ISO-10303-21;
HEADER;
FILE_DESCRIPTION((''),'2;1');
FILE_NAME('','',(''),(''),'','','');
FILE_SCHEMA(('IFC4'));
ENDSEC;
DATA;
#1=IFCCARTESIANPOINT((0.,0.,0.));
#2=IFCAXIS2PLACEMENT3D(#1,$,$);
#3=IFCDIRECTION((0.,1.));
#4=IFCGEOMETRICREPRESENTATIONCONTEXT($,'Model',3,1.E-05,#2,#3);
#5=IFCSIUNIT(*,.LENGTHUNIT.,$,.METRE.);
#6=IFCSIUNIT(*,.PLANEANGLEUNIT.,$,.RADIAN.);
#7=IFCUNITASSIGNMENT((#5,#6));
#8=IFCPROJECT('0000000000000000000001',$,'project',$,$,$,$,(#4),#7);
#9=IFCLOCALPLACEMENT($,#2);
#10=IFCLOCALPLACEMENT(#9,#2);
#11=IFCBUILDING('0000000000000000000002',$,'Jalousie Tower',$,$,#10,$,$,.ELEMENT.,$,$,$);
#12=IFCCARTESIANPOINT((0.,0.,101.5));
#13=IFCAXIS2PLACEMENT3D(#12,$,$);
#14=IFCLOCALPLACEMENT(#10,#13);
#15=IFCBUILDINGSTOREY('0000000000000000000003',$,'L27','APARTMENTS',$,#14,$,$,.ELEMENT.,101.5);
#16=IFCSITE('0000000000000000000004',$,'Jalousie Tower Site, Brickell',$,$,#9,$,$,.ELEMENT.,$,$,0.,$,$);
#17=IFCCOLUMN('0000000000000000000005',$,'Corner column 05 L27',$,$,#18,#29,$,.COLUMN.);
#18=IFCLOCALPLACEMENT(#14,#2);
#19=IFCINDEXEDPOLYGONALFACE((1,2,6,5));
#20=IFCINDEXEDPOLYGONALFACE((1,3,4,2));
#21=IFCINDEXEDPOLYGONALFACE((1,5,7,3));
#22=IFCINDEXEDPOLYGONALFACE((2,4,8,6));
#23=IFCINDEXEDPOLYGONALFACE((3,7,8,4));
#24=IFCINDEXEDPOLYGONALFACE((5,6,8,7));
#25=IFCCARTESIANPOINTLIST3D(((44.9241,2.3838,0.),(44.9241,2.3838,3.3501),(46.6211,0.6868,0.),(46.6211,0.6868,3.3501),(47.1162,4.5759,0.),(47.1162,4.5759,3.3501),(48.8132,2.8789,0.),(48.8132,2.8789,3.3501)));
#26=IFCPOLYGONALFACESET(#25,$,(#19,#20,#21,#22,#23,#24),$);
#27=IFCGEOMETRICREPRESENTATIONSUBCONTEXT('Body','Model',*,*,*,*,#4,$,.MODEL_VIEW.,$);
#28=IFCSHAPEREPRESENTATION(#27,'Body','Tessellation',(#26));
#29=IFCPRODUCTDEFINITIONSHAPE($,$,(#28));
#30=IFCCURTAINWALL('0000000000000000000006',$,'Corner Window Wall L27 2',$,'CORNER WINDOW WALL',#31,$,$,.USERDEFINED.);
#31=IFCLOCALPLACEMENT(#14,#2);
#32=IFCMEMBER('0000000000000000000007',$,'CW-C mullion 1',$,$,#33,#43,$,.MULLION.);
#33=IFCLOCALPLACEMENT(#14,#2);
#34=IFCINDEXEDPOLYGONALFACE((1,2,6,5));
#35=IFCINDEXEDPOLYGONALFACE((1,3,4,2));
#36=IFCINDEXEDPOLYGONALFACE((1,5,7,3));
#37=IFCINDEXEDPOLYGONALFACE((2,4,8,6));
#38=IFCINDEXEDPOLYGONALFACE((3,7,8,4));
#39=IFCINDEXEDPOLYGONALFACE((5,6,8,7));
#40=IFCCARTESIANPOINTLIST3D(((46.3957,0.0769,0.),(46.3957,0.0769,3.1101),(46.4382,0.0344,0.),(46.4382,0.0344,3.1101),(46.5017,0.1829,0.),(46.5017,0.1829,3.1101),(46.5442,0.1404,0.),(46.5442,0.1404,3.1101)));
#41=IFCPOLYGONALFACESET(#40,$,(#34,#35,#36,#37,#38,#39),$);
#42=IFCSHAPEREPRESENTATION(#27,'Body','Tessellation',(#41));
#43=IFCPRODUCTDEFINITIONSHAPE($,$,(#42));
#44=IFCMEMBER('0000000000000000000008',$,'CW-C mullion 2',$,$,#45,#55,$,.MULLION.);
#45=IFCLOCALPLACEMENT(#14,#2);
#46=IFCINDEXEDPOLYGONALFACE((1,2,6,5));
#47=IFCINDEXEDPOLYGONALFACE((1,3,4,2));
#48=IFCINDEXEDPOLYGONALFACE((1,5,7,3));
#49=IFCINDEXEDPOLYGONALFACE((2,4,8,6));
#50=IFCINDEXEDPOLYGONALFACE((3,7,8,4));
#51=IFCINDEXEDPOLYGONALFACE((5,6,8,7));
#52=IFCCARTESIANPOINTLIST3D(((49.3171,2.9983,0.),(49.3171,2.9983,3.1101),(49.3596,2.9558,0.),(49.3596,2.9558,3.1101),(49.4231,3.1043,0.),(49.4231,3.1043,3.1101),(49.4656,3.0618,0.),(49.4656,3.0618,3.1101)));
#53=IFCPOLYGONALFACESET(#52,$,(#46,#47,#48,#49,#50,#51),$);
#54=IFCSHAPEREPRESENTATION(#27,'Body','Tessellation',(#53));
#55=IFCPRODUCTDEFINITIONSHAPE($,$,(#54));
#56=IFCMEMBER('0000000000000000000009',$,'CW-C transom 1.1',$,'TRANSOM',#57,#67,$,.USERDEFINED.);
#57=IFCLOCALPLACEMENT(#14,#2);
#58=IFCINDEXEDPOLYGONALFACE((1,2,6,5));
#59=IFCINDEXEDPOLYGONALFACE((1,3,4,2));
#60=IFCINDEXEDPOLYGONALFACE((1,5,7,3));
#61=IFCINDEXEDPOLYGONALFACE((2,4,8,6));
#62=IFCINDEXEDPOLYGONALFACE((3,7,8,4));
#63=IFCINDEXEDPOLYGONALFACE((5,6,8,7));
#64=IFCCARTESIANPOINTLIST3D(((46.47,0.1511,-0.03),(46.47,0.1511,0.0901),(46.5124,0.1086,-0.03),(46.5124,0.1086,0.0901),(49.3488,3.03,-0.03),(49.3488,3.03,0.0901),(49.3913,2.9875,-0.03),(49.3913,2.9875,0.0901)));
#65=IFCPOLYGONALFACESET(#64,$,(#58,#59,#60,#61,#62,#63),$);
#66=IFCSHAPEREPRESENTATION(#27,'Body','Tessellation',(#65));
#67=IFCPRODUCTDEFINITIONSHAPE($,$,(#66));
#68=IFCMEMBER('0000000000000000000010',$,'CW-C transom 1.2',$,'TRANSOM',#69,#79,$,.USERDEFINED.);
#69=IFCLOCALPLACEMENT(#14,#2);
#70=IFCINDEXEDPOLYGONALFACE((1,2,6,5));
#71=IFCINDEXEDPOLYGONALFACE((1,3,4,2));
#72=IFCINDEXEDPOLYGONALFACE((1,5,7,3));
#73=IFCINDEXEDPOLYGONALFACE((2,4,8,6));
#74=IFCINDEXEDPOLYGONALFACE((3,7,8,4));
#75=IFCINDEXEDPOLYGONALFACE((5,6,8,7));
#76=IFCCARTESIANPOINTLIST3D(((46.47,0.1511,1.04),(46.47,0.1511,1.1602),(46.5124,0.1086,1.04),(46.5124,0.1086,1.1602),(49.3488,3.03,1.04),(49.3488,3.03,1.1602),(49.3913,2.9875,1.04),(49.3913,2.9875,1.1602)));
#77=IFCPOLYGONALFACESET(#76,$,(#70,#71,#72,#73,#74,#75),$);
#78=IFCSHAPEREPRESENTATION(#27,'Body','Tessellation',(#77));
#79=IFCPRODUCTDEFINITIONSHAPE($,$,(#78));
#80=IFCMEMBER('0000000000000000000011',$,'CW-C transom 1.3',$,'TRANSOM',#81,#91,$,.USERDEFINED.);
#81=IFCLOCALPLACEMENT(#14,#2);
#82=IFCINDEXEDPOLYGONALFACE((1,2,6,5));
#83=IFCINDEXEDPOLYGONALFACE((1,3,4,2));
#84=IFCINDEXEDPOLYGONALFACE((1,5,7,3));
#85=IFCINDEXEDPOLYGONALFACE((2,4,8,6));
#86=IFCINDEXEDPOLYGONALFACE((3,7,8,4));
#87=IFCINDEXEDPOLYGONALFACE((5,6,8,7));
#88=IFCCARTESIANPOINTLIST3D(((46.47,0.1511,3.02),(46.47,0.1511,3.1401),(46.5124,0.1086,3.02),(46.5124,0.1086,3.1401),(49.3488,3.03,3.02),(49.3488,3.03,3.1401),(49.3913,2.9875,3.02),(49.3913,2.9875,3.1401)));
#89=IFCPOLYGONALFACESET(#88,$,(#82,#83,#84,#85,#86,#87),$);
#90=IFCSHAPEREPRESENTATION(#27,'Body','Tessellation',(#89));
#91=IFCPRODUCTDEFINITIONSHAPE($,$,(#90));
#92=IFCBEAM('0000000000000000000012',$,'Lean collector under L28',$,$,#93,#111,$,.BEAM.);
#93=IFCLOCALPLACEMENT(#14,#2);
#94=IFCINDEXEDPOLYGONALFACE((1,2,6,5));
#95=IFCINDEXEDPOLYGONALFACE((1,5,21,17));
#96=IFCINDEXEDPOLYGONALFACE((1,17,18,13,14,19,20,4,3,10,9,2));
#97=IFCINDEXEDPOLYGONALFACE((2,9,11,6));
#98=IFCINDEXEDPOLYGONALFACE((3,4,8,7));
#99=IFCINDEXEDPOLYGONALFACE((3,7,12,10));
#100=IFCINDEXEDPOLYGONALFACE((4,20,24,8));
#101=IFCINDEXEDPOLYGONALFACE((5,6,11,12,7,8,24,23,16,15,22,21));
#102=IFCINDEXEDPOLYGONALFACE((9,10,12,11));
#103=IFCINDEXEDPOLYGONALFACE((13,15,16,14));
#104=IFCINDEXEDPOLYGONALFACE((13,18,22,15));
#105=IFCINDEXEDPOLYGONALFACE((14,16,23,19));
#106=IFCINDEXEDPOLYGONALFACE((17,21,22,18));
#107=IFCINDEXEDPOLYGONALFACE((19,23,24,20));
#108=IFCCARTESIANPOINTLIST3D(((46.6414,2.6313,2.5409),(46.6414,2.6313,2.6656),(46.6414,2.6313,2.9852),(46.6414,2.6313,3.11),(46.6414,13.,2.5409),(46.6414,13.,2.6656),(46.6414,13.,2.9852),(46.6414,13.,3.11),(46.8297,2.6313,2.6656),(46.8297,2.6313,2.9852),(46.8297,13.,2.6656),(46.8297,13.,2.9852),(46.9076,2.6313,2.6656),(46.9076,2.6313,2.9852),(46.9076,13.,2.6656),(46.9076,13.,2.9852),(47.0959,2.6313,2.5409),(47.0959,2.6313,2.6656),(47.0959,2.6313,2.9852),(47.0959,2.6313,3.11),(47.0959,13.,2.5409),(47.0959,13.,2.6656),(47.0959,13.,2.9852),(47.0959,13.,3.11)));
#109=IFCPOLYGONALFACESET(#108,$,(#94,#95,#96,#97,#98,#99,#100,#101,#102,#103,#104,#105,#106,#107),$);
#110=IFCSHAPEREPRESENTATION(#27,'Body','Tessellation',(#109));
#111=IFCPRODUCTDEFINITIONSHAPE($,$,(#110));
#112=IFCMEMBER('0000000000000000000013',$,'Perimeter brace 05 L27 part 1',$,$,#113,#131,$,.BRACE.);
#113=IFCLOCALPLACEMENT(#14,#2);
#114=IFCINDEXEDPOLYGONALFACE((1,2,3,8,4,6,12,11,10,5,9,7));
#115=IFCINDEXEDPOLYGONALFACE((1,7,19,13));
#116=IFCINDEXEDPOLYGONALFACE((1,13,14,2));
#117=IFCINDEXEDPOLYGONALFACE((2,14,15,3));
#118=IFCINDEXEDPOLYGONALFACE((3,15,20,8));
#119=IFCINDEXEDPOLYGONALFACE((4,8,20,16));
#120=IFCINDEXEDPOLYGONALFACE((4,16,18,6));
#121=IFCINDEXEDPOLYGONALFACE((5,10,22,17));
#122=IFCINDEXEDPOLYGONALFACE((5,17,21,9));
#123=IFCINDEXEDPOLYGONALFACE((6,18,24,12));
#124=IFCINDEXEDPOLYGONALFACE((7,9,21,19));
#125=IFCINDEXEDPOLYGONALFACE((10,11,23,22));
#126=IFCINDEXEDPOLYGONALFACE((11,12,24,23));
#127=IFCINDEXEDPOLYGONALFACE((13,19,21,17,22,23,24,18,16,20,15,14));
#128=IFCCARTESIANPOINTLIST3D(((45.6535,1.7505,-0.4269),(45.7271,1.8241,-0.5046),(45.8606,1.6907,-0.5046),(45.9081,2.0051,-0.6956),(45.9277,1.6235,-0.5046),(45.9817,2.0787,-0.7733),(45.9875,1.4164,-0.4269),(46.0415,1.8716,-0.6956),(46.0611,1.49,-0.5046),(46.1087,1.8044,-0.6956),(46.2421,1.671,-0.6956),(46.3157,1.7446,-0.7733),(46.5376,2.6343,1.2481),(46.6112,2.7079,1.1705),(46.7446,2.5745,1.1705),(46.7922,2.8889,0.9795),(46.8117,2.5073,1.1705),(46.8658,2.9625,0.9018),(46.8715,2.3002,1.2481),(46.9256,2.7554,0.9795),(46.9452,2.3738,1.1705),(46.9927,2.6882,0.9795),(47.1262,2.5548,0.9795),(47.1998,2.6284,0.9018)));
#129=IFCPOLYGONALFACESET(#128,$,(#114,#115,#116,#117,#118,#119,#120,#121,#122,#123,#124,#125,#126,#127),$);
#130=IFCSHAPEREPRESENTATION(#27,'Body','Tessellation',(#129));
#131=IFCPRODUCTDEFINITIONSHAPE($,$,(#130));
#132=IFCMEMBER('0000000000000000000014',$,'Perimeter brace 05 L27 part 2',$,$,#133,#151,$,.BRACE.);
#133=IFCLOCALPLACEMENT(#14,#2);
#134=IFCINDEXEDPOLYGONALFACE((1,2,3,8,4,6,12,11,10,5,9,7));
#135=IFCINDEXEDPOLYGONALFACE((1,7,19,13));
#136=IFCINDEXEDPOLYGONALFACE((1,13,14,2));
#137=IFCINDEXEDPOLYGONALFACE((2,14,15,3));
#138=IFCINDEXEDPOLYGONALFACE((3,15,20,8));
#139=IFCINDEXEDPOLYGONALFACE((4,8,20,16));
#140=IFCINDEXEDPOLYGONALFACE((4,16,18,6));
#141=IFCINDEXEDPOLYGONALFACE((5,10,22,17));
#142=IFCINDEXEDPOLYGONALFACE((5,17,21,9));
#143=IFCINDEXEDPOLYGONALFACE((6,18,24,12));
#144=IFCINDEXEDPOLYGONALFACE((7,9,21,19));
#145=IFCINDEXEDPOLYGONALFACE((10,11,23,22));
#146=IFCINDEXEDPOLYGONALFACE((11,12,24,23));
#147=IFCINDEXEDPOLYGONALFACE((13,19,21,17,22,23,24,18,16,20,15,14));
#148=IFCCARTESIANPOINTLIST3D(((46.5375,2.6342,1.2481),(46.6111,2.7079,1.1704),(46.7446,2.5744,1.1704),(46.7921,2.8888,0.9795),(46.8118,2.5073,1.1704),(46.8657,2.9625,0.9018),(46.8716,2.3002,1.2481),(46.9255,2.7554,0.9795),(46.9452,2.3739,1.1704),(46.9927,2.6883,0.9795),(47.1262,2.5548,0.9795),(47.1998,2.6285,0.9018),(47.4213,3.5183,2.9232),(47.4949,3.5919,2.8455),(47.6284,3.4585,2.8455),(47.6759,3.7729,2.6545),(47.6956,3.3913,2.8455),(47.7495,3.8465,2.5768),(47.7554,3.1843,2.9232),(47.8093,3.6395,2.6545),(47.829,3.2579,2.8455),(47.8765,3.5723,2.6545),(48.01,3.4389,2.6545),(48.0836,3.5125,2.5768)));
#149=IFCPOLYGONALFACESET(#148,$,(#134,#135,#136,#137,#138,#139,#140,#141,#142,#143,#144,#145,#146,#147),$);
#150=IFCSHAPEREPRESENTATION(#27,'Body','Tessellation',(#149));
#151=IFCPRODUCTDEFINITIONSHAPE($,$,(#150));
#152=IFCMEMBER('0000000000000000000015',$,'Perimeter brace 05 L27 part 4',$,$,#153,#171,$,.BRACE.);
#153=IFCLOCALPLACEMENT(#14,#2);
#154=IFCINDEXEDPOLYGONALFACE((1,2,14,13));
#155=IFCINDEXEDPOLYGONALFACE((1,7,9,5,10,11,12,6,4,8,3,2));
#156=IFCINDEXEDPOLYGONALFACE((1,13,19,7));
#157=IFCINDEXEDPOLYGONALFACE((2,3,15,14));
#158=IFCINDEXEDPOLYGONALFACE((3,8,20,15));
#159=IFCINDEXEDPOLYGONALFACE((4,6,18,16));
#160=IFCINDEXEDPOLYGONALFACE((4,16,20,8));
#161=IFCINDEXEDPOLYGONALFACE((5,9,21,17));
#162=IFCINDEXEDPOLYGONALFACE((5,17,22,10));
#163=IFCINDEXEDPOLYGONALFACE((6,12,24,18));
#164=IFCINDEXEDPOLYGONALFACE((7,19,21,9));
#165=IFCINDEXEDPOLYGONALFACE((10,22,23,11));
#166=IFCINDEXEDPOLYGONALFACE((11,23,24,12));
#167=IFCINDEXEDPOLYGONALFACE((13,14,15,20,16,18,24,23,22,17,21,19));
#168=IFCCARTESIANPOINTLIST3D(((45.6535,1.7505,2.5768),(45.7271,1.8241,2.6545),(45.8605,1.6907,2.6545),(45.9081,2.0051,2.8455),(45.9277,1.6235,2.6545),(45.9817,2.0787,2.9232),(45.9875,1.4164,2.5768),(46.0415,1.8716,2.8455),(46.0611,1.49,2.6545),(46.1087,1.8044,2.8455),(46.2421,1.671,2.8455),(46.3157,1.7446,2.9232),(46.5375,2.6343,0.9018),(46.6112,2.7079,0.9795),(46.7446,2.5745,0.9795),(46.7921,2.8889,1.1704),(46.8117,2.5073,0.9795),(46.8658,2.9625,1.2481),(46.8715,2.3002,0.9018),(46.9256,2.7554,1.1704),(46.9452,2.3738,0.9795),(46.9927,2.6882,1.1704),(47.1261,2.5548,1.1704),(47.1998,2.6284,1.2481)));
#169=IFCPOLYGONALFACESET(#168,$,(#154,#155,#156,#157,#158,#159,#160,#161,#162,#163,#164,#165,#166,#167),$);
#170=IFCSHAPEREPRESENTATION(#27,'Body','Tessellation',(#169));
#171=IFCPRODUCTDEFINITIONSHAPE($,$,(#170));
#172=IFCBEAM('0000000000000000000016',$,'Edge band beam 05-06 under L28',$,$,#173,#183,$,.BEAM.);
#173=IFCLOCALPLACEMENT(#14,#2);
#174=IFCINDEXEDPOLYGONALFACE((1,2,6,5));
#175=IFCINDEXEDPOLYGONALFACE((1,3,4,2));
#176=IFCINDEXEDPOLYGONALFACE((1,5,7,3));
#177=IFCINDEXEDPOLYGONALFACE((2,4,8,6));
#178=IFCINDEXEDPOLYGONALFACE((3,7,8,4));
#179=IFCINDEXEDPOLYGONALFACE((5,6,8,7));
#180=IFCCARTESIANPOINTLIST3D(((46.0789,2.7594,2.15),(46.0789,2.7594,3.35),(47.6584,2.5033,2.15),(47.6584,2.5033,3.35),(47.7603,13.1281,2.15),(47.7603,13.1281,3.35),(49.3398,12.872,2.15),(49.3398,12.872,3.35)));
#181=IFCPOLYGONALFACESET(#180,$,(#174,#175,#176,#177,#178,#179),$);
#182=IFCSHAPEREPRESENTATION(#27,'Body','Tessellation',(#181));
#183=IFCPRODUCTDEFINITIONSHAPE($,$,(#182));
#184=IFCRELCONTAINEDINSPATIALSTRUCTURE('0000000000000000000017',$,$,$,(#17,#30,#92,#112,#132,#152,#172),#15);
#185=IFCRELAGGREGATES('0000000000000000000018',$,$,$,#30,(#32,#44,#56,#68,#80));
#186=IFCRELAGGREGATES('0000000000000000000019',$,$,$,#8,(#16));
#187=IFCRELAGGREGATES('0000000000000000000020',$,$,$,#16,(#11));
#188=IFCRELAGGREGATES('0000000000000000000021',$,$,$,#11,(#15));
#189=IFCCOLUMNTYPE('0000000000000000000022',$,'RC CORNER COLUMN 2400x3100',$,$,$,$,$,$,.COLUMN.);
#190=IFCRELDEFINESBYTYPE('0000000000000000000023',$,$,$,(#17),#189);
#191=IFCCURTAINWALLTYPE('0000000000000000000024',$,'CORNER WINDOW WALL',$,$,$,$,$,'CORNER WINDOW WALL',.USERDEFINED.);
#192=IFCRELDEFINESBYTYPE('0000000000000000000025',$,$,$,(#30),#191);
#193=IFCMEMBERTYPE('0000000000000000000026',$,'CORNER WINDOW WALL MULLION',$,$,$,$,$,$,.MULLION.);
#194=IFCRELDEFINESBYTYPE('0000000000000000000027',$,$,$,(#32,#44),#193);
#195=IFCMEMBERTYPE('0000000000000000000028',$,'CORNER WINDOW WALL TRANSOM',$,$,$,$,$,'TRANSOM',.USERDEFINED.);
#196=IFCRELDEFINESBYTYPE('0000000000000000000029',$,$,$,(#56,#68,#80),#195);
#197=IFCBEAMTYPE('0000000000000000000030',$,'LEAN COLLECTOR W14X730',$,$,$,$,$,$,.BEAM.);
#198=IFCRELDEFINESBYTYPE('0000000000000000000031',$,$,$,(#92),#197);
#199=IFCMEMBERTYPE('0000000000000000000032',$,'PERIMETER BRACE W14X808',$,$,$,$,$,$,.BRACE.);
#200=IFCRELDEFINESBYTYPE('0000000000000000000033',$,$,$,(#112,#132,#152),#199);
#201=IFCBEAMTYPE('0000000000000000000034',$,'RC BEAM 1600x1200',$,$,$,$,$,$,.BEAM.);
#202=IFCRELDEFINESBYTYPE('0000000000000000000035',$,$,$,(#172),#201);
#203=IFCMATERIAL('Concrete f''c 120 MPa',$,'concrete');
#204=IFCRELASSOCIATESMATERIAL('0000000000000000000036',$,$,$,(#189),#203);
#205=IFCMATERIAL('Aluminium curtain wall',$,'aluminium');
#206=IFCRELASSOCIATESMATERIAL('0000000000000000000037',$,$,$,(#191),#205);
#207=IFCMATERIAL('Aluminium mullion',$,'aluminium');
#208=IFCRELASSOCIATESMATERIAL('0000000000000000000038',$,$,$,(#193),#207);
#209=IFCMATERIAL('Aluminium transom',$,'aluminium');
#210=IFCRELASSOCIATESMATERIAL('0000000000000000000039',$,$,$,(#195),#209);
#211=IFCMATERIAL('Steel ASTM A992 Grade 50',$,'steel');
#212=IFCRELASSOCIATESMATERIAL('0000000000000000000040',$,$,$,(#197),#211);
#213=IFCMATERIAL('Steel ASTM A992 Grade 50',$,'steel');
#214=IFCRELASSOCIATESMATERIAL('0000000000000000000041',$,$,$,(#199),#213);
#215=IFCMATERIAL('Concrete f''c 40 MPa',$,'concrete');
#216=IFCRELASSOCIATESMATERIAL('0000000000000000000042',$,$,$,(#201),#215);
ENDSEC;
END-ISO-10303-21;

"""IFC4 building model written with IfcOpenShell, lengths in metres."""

from ifc_helpers import new_model, si_unit, direction, frame, origin, origin_2d, place, context, subcontext, project, spatial, rectangle, i_section, extrude, material, material_profile, profile_set, type_object, element, aggregate, save


model = new_model("IFC4")

# Units and contexts
model_context = context("Model", 3, precision=1e-05, world=origin(), true_north=direction((0.0, 1.0)))
body_context = subcontext(model_context, "Body", "Model", "MODEL_VIEW")
ifc_project = project(units=[si_unit("LENGTHUNIT", "METRE"), si_unit("PLANEANGLEUNIT", "RADIAN")], contexts=[model_context])

# Site, building, storey
site_placement = place(None, origin())
site = spatial("IfcSite", under=ifc_project, at=site_placement, Name="Jalousie Tower Site, Brickell", CompositionType="ELEMENT", RefElevation=0.0)
building_placement = place(site_placement, origin())
building = spatial("IfcBuilding", under=site, at=building_placement, Name="Jalousie Tower", CompositionType="ELEMENT")
storey_placement = place(building_placement, frame((0.0, 0.0, 101.5)))
storey = spatial("IfcBuildingStorey", under=building, at=storey_placement, Name="L27", Description="APARTMENTS", CompositionType="ELEMENT", Elevation=101.5)

# Column
ifc_material_1 = material(Name="Concrete f'c 120 MPa", Category="concrete")
ifc_material_profile_1 = material_profile(ifc_material_1, rectangle(XDim=2.3999, YDim=3.1001, at=origin_2d()), Name="RC 2400x3100")
ifc_profile_set_1 = profile_set([ifc_material_profile_1], Name="Concrete f'c 120 MPa")
column_type = type_object("IfcColumnType", Name="RC CORNER COLUMN 2400x3100", PredefinedType="COLUMN", material=ifc_profile_set_1)
column_placement = place(storey_placement, frame((46.8687, 2.6313, 0.0), z_axis=(0.0, 0.0, 1.0), x_axis=(-0.707107, 0.707107, 0.0)))
element("IfcColumn", 1, at=column_placement, inside=storey, type_object=column_type, Name="Corner column 05 L27", PredefinedType="COLUMN", context=body_context, shape_type="SweptSolid", body=[
    extrude(rectangle(XDim=2.3999, YDim=3.1001, at=origin_2d()), origin(), (0.0, 0.0, 1.0), 3.3501),
])

# Curtain wall, members
ifc_material_2 = material(Name="Aluminium curtain wall", Category="aluminium")
curtain_wall_type_1 = type_object("IfcCurtainWallType", Name="CORNER WINDOW WALL", ElementType="CORNER WINDOW WALL", PredefinedType="USERDEFINED", material=ifc_material_2)
curtain_wall_1_placement = place(storey_placement, origin())
curtain_wall_1 = element("IfcCurtainWall", 2, at=curtain_wall_1_placement, inside=storey, type_object=curtain_wall_type_1, Name="Corner Window Wall L27 2", ObjectType="CORNER WINDOW WALL", PredefinedType="USERDEFINED")
ifc_material_3 = material(Name="Aluminium mullion", Category="aluminium")
ifc_material_profile_2 = material_profile(ifc_material_3, rectangle(XDim=0.0601, YDim=0.1499, at=origin_2d()), Name="MULLION 60x150")
ifc_profile_set_2 = profile_set([ifc_material_profile_2], Name="Aluminium mullion")
member_type_1 = type_object("IfcMemberType", Name="CORNER WINDOW WALL MULLION", PredefinedType="MULLION", material=ifc_profile_set_2)
member_1_placement = place(storey_placement, frame((46.47, 0.1086, 0.0), z_axis=(0.0, 0.0, 1.0), x_axis=(-0.707107, 0.707107, 0.0)))
member_1 = element("IfcMember", 3, at=member_1_placement, type_object=member_type_1, Name="CW-C mullion 1", PredefinedType="MULLION", context=body_context, shape_type="SweptSolid", body=[
    extrude(rectangle(XDim=0.0601, YDim=0.1499, at=origin_2d()), origin(), (0.0, 0.0, 1.0), 3.1101),
])
member_2_placement = place(storey_placement, frame((49.3914, 3.03, 0.0), z_axis=(0.0, 0.0, 1.0), x_axis=(-0.707107, 0.707107, 0.0)))
member_2 = element("IfcMember", 4, at=member_2_placement, type_object=member_type_1, Name="CW-C mullion 2", PredefinedType="MULLION", context=body_context, shape_type="SweptSolid", body=[
    extrude(rectangle(XDim=0.0601, YDim=0.1499, at=origin_2d()), origin(), (0.0, 0.0, 1.0), 3.1101),
])
ifc_material_4 = material(Name="Aluminium transom", Category="aluminium")
ifc_material_profile_3 = material_profile(ifc_material_4, rectangle(XDim=0.0601, YDim=0.1201, at=origin_2d()), Name="TRANSOM 60x120")
ifc_profile_set_3 = profile_set([ifc_material_profile_3], Name="Aluminium transom")
member_type_2 = type_object("IfcMemberType", Name="CORNER WINDOW WALL TRANSOM", ElementType="TRANSOM", PredefinedType="USERDEFINED", material=ifc_profile_set_3)
member_3_placement = place(storey_placement, frame((46.4912, 0.1299, 0.03), z_axis=(0.707107, 0.707107, 0.0), x_axis=(-0.707107, 0.707107, 0.0)))
member_3 = element("IfcMember", 5, at=member_3_placement, type_object=member_type_2, Name="CW-C transom 1.1", ObjectType="TRANSOM", PredefinedType="USERDEFINED", context=body_context, shape_type="SweptSolid", body=[
    extrude(rectangle(XDim=0.0601, YDim=0.1201, at=origin_2d()), origin(), (0.0, 0.0, 1.0), 4.0713),
])
member_4_placement = place(storey_placement, frame((46.4912, 0.1299, 1.1001), z_axis=(0.707107, 0.707107, 0.0), x_axis=(-0.707107, 0.707107, 0.0)))
member_4 = element("IfcMember", 6, at=member_4_placement, type_object=member_type_2, Name="CW-C transom 1.2", ObjectType="TRANSOM", PredefinedType="USERDEFINED", context=body_context, shape_type="SweptSolid", body=[
    extrude(rectangle(XDim=0.0601, YDim=0.1201, at=origin_2d()), origin(), (0.0, 0.0, 1.0), 4.0713),
])
member_5_placement = place(storey_placement, frame((46.4912, 0.1299, 3.0801), z_axis=(0.707107, 0.707107, 0.0), x_axis=(-0.707107, 0.707107, 0.0)))
member_5 = element("IfcMember", 7, at=member_5_placement, type_object=member_type_2, Name="CW-C transom 1.3", ObjectType="TRANSOM", PredefinedType="USERDEFINED", context=body_context, shape_type="SweptSolid", body=[
    extrude(rectangle(XDim=0.0601, YDim=0.1201, at=origin_2d()), origin(), (0.0, 0.0, 1.0), 4.0713),
])

# Beam
ifc_material_5 = material(Name="Steel ASTM A992 Grade 50", Category="steel")
ifc_material_profile_4 = material_profile(ifc_material_5, i_section(OverallWidth=0.4546, OverallDepth=0.5691, WebThickness=0.0779, FlangeThickness=0.1248, at=origin_2d()), Name="W14X730")
ifc_profile_set_4 = profile_set([ifc_material_profile_4], Name="Steel ASTM A992 Grade 50")
beam_type_1 = type_object("IfcBeamType", Name="LEAN COLLECTOR W14X730", PredefinedType="BEAM", material=ifc_profile_set_4)
beam_1_placement = place(storey_placement, frame((46.8687, 2.6313, 2.8254), z_axis=(0.0, 1.0, 0.0), x_axis=(-1.0, 0.0, 0.0)))
element("IfcBeam", 8, at=beam_1_placement, inside=storey, type_object=beam_type_1, Name="Lean collector under L28", PredefinedType="BEAM", context=body_context, shape_type="SweptSolid", body=[
    extrude(i_section(OverallWidth=0.4546, OverallDepth=0.5691, WebThickness=0.0779, FlangeThickness=0.1248, at=origin_2d()), origin(), (0.0, 0.0, 1.0), 10.3687),
])

# Members
ifc_material_6 = material(Name="Steel ASTM A992 Grade 50", Category="steel")
ifc_material_profile_5 = material_profile(ifc_material_6, i_section(OverallWidth=0.4724, OverallDepth=0.5791, WebThickness=0.095, FlangeThickness=0.1299, at=origin_2d()), Name="W14X808")
ifc_profile_set_5 = profile_set([ifc_material_profile_5], Name="Steel ASTM A992 Grade 50")
member_type_3 = type_object("IfcMemberType", Name="PERIMETER BRACE W14X808", PredefinedType="BRACE", material=ifc_profile_set_5)
for number, where, z_axis, x_axis, name in (
    (9, (45.9846, 1.7476, -0.6001), (0.422969, 0.422852, 0.801432), (-0.707009, 0.707204, 0.0), "Perimeter brace 05 L27 part 1"),
    (10, (46.8687, 2.6313, 1.075), (0.422852, 0.422969, 0.801432), (-0.707204, 0.707009, 0.0), "Perimeter brace 05 L27 part 2"),
    (11, (46.8687, 2.6313, 1.075), (-0.422969, -0.422852, 0.801432), (0.707009, -0.707204, 0.0), "Perimeter brace 05 L27 part 4"),
):
    element("IfcMember", number, at=place(storey_placement, frame(where, z_axis=z_axis, x_axis=x_axis)), inside=storey, type_object=member_type_3, Name=name, PredefinedType="BRACE", context=body_context, shape_type="SweptSolid", body=[
        extrude(i_section(OverallWidth=0.4724, OverallDepth=0.5791, WebThickness=0.095, FlangeThickness=0.1299, at=origin_2d()), origin(), (0.0, 0.0, 1.0), 2.0901),
    ])

# Beam
ifc_material_7 = material(Name="Concrete f'c 40 MPa", Category="concrete")
ifc_material_profile_6 = material_profile(ifc_material_7, rectangle(XDim=1.6001, YDim=1.2, at=origin_2d()), Name="RC 1600x1200")
ifc_profile_set_6 = profile_set([ifc_material_profile_6], Name="Concrete f'c 40 MPa")
beam_type_2 = type_object("IfcBeamType", Name="RC BEAM 1600x1200", PredefinedType="BEAM", material=ifc_profile_set_6)
beam_2_placement = place(storey_placement, frame((46.8687, 2.6313, 2.75), z_axis=(0.160071, 0.987106, 0.0), x_axis=(-0.987106, 0.160071, 0.0)))
element("IfcBeam", 12, at=beam_2_placement, inside=storey, type_object=beam_type_2, Name="Edge band beam 05-06 under L28", PredefinedType="BEAM", context=body_context, shape_type="SweptSolid", body=[
    extrude(rectangle(XDim=1.6001, YDim=1.2, at=origin_2d()), origin(), (0.0, 0.0, 1.0), 10.5042),
])

aggregate(curtain_wall_1, [member_1, member_2, member_3, member_4, member_5])

save(model, "model.ifc")
